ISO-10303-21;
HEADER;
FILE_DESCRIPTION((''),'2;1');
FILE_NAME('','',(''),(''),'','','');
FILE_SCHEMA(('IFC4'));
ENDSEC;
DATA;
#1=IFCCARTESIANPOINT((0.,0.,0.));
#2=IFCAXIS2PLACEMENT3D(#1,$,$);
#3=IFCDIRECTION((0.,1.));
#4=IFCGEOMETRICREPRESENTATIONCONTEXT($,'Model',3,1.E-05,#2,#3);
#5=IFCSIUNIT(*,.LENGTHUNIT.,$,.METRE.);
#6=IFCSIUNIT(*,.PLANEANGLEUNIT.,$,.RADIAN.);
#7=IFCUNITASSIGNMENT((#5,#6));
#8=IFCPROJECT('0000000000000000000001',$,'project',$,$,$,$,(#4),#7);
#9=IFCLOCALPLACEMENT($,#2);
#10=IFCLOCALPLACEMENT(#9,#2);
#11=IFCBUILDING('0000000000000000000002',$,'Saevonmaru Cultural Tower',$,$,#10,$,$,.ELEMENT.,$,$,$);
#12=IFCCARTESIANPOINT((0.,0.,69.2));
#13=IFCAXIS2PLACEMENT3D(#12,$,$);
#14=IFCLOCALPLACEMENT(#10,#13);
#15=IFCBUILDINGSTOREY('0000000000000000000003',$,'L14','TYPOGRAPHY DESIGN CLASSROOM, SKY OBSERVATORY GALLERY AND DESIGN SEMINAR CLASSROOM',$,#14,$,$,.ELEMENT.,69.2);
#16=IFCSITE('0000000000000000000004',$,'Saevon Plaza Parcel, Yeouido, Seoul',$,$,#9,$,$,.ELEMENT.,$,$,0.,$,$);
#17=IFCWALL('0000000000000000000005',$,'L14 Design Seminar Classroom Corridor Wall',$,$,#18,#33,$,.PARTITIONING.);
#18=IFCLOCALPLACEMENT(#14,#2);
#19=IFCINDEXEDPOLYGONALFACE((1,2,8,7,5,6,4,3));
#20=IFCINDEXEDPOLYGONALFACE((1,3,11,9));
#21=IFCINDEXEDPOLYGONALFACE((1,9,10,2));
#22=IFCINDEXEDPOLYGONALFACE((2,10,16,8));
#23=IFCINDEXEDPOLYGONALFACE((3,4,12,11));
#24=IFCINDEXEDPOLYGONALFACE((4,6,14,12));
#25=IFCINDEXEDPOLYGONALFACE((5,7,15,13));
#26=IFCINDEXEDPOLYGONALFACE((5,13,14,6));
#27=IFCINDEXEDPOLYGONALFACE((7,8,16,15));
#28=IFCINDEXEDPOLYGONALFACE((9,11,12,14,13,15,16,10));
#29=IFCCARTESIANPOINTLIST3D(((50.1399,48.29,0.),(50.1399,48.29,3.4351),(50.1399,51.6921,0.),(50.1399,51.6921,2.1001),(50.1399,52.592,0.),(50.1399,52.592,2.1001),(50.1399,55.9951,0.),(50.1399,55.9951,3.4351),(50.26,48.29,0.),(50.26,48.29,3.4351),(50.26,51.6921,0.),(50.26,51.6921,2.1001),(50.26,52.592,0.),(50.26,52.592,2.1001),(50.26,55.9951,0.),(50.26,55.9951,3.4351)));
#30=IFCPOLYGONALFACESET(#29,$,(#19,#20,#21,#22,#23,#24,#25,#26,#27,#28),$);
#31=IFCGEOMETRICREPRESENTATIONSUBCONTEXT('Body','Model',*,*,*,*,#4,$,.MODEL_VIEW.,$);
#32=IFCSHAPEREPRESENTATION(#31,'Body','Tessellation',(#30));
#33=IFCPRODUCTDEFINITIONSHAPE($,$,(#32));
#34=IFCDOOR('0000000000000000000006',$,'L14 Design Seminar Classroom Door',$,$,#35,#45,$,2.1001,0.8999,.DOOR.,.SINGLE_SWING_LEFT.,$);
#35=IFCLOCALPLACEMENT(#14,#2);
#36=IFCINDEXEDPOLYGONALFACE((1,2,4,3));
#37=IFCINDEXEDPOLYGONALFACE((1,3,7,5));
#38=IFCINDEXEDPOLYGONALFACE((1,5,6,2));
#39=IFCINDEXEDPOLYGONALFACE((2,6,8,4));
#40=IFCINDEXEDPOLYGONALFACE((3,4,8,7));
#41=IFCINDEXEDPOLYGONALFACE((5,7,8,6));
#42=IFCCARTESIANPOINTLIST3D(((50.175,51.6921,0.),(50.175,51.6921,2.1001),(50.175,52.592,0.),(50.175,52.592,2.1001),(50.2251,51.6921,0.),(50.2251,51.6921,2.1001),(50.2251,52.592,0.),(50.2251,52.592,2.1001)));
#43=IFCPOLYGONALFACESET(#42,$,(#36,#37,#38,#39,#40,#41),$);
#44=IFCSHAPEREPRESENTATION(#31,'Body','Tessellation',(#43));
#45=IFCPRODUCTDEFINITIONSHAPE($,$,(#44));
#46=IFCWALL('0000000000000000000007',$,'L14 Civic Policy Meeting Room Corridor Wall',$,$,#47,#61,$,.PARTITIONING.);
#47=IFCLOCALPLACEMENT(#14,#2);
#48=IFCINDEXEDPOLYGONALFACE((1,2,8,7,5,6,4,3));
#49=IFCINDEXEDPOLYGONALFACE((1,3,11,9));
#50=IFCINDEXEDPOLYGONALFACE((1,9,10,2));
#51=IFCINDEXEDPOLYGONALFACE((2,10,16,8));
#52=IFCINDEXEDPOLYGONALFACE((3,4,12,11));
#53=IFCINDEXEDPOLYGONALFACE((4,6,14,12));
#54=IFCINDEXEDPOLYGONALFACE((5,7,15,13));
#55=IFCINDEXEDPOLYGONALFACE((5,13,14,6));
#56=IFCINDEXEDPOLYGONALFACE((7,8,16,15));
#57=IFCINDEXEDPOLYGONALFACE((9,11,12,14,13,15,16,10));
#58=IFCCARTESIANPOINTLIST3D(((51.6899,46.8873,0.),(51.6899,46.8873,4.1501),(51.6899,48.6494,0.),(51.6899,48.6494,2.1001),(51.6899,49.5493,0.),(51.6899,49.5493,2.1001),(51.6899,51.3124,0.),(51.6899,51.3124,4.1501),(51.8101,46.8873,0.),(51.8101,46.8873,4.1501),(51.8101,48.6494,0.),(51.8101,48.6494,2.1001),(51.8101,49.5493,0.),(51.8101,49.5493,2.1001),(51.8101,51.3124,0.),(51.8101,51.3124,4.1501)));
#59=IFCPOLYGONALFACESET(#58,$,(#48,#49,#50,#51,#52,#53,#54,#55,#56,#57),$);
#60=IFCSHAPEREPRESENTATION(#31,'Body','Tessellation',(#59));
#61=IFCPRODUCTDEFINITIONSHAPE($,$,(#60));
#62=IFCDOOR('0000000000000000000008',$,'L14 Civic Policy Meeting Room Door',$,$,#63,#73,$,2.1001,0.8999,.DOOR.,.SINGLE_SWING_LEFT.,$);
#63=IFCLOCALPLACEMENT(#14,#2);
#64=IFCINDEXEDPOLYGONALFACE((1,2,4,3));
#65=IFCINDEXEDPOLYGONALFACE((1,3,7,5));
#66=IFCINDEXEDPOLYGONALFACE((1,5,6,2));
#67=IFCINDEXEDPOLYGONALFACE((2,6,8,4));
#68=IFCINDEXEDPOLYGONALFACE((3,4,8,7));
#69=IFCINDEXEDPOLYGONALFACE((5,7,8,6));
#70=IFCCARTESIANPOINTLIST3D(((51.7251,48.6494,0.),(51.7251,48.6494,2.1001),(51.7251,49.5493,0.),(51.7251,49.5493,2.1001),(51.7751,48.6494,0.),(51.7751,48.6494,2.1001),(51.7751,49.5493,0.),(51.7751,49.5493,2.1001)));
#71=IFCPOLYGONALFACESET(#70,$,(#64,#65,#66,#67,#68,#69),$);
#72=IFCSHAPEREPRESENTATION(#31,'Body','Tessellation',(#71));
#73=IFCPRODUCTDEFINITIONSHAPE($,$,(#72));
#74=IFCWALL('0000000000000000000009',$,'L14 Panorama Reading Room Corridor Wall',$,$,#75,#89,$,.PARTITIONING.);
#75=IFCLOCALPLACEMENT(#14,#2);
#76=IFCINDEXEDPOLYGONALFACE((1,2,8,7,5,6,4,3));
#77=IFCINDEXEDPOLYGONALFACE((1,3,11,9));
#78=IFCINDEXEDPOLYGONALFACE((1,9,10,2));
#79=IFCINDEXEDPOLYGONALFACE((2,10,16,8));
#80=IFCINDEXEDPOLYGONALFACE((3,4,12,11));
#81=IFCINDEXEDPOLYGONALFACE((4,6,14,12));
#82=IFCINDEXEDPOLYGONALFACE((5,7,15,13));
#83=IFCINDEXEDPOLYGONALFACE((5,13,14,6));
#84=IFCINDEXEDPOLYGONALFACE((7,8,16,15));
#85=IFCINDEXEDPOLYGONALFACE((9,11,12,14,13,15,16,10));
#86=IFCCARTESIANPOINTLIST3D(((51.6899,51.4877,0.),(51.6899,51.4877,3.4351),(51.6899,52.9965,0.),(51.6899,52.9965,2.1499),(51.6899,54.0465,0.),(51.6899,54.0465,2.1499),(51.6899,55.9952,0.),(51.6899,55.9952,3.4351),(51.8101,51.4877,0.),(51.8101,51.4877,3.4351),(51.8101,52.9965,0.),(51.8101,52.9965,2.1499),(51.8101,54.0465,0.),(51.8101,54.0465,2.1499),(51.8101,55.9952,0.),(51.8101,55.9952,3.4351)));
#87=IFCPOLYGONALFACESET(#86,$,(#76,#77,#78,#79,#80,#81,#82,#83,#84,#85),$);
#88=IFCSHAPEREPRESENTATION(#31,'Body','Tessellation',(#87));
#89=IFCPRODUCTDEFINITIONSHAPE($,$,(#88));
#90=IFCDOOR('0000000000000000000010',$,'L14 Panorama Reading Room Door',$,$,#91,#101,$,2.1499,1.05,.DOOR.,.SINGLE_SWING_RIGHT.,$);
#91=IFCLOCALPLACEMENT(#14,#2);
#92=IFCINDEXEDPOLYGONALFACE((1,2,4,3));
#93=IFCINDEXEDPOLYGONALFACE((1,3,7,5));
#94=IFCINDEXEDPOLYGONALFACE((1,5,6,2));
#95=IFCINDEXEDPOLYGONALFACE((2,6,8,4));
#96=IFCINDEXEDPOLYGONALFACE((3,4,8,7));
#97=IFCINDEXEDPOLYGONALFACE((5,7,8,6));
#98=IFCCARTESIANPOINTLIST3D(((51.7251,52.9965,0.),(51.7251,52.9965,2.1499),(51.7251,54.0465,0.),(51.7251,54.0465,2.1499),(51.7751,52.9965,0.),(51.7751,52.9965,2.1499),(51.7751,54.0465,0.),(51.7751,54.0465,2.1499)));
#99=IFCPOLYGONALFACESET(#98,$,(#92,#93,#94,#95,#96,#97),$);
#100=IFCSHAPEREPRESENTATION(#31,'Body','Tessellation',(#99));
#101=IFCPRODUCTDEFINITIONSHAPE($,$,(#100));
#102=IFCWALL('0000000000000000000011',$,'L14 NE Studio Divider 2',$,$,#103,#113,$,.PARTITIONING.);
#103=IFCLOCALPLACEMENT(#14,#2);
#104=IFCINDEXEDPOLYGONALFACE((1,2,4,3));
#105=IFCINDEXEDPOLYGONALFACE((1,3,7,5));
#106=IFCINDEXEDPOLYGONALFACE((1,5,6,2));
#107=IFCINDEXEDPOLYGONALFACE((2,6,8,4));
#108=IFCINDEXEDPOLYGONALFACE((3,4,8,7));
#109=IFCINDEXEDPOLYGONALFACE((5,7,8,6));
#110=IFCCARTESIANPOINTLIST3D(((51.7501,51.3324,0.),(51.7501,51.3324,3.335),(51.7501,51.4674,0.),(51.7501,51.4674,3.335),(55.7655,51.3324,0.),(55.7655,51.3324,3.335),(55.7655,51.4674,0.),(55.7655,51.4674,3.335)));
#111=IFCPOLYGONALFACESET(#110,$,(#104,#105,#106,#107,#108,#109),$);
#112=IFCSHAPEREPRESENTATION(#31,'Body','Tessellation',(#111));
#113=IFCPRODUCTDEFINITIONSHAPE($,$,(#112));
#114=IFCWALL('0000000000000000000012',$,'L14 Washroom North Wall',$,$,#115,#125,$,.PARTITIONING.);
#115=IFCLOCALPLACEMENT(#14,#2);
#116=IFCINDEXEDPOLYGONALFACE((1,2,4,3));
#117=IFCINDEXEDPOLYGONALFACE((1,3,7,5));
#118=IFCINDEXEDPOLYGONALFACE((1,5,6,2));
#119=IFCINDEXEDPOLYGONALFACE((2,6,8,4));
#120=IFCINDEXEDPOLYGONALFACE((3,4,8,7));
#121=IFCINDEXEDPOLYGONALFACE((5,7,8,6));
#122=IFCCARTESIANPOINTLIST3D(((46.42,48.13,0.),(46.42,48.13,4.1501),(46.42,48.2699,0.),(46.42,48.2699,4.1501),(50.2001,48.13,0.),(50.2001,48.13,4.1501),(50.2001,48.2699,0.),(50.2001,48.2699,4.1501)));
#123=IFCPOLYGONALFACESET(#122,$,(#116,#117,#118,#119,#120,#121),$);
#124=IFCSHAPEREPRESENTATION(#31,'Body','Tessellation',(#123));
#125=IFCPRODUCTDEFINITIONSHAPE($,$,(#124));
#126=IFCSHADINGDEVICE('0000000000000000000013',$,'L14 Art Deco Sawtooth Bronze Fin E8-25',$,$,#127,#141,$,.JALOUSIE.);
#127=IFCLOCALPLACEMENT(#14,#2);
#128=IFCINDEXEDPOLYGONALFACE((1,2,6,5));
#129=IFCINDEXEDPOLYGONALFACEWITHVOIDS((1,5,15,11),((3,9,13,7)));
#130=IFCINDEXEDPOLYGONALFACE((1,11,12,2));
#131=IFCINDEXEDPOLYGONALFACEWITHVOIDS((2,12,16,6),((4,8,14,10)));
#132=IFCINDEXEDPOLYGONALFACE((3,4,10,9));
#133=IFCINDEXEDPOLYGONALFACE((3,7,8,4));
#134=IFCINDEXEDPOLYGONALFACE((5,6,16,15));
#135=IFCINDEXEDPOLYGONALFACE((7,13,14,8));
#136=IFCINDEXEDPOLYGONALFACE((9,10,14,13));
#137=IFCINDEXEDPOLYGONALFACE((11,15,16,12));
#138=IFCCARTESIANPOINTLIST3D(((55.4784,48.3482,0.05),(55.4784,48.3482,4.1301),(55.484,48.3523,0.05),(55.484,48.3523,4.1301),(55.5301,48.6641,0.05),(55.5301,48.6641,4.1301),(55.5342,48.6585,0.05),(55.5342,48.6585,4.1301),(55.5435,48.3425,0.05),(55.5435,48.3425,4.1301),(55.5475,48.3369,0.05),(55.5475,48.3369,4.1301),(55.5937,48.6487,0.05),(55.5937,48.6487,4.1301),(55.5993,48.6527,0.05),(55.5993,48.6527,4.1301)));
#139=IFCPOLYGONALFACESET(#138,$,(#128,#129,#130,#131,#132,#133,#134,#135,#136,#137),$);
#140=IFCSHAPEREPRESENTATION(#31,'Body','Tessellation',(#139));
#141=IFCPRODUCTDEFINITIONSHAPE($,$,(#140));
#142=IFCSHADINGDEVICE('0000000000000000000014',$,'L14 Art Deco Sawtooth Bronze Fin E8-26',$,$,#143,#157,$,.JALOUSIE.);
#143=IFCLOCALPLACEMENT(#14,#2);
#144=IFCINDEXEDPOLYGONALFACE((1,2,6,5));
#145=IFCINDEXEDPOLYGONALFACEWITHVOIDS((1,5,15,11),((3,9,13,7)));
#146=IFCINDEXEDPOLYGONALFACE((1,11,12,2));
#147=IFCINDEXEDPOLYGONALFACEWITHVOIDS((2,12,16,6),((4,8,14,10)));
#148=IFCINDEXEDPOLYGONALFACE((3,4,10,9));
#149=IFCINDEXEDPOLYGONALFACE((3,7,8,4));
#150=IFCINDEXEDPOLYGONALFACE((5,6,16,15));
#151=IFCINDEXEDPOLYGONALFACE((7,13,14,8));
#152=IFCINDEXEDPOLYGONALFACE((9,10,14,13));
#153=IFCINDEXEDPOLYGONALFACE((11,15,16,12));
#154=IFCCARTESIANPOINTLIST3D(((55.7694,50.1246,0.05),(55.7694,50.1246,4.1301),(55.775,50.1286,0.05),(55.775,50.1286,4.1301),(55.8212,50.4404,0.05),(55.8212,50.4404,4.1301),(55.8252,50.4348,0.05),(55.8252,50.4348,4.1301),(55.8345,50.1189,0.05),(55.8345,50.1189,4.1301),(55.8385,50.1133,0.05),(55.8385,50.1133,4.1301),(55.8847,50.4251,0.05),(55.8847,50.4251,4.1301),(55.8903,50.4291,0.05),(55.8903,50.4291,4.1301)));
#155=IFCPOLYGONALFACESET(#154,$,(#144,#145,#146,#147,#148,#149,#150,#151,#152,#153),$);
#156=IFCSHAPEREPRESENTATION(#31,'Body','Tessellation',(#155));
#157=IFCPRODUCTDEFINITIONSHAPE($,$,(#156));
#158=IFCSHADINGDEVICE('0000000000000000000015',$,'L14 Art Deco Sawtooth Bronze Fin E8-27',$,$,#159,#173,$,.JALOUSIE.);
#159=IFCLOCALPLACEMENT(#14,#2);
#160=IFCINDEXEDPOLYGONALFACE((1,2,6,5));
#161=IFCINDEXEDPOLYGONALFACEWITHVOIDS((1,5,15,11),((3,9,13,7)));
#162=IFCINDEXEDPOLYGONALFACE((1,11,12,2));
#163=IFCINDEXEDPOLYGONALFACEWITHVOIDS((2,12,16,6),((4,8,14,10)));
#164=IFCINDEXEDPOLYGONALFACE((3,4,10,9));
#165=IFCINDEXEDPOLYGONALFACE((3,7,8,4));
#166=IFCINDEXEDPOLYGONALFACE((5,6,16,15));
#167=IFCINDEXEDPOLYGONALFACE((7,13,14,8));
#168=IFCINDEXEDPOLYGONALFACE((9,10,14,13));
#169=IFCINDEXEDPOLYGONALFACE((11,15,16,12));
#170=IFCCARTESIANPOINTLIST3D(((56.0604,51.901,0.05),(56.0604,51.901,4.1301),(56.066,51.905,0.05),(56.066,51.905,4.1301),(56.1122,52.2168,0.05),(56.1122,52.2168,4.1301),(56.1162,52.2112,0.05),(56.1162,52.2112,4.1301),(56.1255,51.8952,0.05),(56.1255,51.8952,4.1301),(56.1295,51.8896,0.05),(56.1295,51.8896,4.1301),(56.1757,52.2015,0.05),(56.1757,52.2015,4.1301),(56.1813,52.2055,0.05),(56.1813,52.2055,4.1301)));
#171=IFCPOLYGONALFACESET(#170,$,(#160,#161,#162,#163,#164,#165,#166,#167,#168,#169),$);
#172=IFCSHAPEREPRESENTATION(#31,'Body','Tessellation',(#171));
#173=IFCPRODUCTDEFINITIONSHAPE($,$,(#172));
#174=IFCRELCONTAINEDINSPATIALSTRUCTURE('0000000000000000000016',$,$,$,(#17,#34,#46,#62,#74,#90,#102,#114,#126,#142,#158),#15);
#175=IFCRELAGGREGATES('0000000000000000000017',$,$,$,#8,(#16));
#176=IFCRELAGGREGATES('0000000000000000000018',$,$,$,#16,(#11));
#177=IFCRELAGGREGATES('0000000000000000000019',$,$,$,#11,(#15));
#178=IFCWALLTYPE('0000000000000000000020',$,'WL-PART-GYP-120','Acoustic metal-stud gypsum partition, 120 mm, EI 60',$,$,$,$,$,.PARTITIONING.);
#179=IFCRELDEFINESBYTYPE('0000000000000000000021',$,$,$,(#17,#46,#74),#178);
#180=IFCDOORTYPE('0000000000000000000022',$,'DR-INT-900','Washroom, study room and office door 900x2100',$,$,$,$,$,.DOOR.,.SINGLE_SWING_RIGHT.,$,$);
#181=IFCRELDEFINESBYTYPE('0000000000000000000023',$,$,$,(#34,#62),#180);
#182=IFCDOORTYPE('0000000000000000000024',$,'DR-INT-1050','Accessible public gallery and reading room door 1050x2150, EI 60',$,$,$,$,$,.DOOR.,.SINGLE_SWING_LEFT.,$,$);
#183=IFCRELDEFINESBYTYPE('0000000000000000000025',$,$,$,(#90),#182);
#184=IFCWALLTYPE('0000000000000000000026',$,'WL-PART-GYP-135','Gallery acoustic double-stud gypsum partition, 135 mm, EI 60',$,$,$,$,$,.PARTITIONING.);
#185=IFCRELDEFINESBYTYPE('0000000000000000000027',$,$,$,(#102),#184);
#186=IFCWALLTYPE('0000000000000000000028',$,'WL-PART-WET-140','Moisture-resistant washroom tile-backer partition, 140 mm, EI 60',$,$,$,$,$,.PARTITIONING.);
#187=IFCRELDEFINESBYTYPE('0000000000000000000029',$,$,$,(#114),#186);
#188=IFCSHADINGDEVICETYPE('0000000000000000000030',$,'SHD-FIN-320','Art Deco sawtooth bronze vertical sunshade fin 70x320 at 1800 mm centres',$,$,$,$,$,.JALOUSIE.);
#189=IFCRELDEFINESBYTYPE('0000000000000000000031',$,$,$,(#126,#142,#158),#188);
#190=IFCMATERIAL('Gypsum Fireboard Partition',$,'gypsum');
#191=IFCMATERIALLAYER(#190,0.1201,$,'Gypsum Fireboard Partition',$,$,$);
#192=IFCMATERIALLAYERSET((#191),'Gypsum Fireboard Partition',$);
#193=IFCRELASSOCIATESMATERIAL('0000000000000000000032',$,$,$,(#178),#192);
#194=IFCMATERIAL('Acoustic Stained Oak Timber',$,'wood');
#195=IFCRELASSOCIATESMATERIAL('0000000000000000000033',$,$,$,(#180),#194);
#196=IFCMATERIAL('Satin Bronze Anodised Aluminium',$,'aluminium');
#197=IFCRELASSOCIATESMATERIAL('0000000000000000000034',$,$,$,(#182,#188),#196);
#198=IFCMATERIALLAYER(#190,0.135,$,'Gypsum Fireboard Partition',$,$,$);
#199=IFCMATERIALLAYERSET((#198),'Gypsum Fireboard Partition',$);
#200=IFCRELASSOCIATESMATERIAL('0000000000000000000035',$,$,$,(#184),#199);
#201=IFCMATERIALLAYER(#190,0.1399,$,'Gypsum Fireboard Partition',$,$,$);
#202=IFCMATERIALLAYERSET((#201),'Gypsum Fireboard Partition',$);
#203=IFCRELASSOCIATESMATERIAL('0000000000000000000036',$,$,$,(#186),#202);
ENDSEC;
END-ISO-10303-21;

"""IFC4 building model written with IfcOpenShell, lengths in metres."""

from ifc_helpers import new_model, si_unit, direction, frame, frame_2d, origin, origin_2d, place, context, subcontext, project, spatial, rectangle, hollow_rectangle, extrude, material, layer, layer_set, material_profile, profile_set, type_object, element, fill, save


model = new_model("IFC4")

# Units and contexts
model_context = context("Model", 3, precision=1e-05, world=origin(), true_north=direction((0.0, 1.0)))
body_context = subcontext(model_context, "Body", "Model", "MODEL_VIEW")
ifc_project = project(units=[si_unit("LENGTHUNIT", "METRE"), si_unit("PLANEANGLEUNIT", "RADIAN")], contexts=[model_context])

# Site, building, storey
site_placement = place(None, origin())
site = spatial("IfcSite", under=ifc_project, at=site_placement, Name="Saevon Plaza Parcel, Yeouido, Seoul", CompositionType="ELEMENT", RefElevation=0.0)
building_placement = place(site_placement, origin())
building = spatial("IfcBuilding", under=site, at=building_placement, Name="Saevonmaru Cultural Tower", CompositionType="ELEMENT")
storey_placement = place(building_placement, frame((0.0, 0.0, 69.2)))
storey = spatial("IfcBuildingStorey", under=building, at=storey_placement, Name="L14", Description="TYPOGRAPHY DESIGN CLASSROOM, SKY OBSERVATORY GALLERY AND DESIGN SEMINAR CLASSROOM", CompositionType="ELEMENT", Elevation=69.2)

# Shared definitions
ifc_material_1 = material(Name="Satin Bronze Anodised Aluminium", Category="aluminium")

# Walls, openings, doors
ifc_material_2 = material(Name="Gypsum Fireboard Partition", Category="gypsum")
ifc_layer_1 = layer(ifc_material_2, 0.1201, Name="Gypsum Fireboard Partition")
ifc_layer_set_1 = layer_set([ifc_layer_1], Name="Gypsum Fireboard Partition")
wall_type_1 = type_object("IfcWallType", Name="WL-PART-GYP-120", Description="Acoustic metal-stud gypsum partition, 120 mm, EI 60", PredefinedType="PARTITIONING", material=ifc_layer_set_1)
wall_1_placement = place(storey_placement, frame((50.2, 48.29, 0.0), z_axis=(0.0, 0.0, 1.0), x_axis=(0.0, 1.0, 0.0)))
wall_1 = element("IfcWall", 1, at=wall_1_placement, inside=storey, type_object=wall_type_1, Name="L14 Design Seminar Classroom Corridor Wall", PredefinedType="PARTITIONING", context=body_context, shape_type="SweptSolid", body=[
    extrude(rectangle(XDim=7.7051, YDim=0.1201, at=frame_2d((3.8525, 0.0))), origin(), (0.0, 0.0, 1.0), 3.4351),
])
opening_1_placement = place(wall_1_placement, frame((3.4021, 0.0, 0.0)))
opening_1 = element("IfcOpeningElement", 2, at=opening_1_placement, cuts=wall_1, PredefinedType="OPENING", context=body_context, shape_type="SweptSolid", body=[
    extrude(rectangle(XDim=0.8999, YDim=2.1001, at=frame_2d((0.45, 1.05))), frame((0.0, 0.0701, 0.0), z_axis=(0.0, -1.0, 0.0), x_axis=(1.0, 0.0, 0.0)), (0.0, 0.0, 1.0), 0.1401),
])
ifc_material_3 = material(Name="Acoustic Stained Oak Timber", Category="wood")
door_type_1 = type_object("IfcDoorType", Name="DR-INT-900", Description="Washroom, study room and office door 900x2100", OperationType="SINGLE_SWING_RIGHT", PredefinedType="DOOR", material=ifc_material_3)
door_1_placement = place(opening_1_placement, origin())
door_1 = element("IfcDoor", 3, at=door_1_placement, inside=storey, type_object=door_type_1, Name="L14 Design Seminar Classroom Door", OperationType="SINGLE_SWING_LEFT", OverallHeight=2.1001, OverallWidth=0.8999, PredefinedType="DOOR", context=body_context, shape_type="SweptSolid", body=[
    extrude(rectangle(XDim=0.8999, YDim=2.1001, at=frame_2d((0.45, 1.05))), frame((0.0, 0.0249, 0.0), z_axis=(0.0, -1.0, 0.0), x_axis=(1.0, 0.0, 0.0)), (0.0, 0.0, 1.0), 0.05),
])
fill(opening_1, door_1)
wall_2_placement = place(storey_placement, frame((51.75, 46.8875, 0.0), z_axis=(0.0, 0.0, 1.0), x_axis=(0.0, 1.0, 0.0)))
wall_2 = element("IfcWall", 4, at=wall_2_placement, inside=storey, type_object=wall_type_1, Name="L14 Civic Policy Meeting Room Corridor Wall", PredefinedType="PARTITIONING", context=body_context, shape_type="SweptSolid", body=[
    extrude(rectangle(XDim=4.425, YDim=0.1201, at=frame_2d((2.2124, 0.0))), origin(), (0.0, 0.0, 1.0), 4.1501),
])
opening_2_placement = place(wall_2_placement, frame((1.762, 0.0, 0.0)))
opening_2 = element("IfcOpeningElement", 5, at=opening_2_placement, cuts=wall_2, PredefinedType="OPENING", context=body_context, shape_type="SweptSolid", body=[
    extrude(rectangle(XDim=0.8999, YDim=2.1001, at=frame_2d((0.45, 1.05))), frame((0.0, 0.0701, 0.0), z_axis=(0.0, -1.0, 0.0), x_axis=(1.0, 0.0, 0.0)), (0.0, 0.0, 1.0), 0.1401),
])
door_2_placement = place(opening_2_placement, origin())
door_2 = element("IfcDoor", 6, at=door_2_placement, inside=storey, type_object=door_type_1, Name="L14 Civic Policy Meeting Room Door", OperationType="SINGLE_SWING_LEFT", OverallHeight=2.1001, OverallWidth=0.8999, PredefinedType="DOOR", context=body_context, shape_type="SweptSolid", body=[
    extrude(rectangle(XDim=0.8999, YDim=2.1001, at=frame_2d((0.45, 1.05))), frame((0.0, 0.0249, 0.0), z_axis=(0.0, -1.0, 0.0), x_axis=(1.0, 0.0, 0.0)), (0.0, 0.0, 1.0), 0.05),
])
fill(opening_2, door_2)
wall_3_placement = place(storey_placement, frame((51.75, 51.4875, 0.0), z_axis=(0.0, 0.0, 1.0), x_axis=(0.0, 1.0, 0.0)))
wall_3 = element("IfcWall", 7, at=wall_3_placement, inside=storey, type_object=wall_type_1, Name="L14 Panorama Reading Room Corridor Wall", PredefinedType="PARTITIONING", context=body_context, shape_type="SweptSolid", body=[
    extrude(rectangle(XDim=4.5076, YDim=0.1201, at=frame_2d((2.2539, 0.0))), origin(), (0.0, 0.0, 1.0), 3.4351),
])
opening_3_placement = place(wall_3_placement, frame((1.509, 0.0, 0.0)))
opening_3 = element("IfcOpeningElement", 8, at=opening_3_placement, cuts=wall_3, PredefinedType="OPENING", context=body_context, shape_type="SweptSolid", body=[
    extrude(rectangle(XDim=1.05, YDim=2.1499, at=frame_2d((0.5249, 1.075))), frame((0.0, 0.0701, 0.0), z_axis=(0.0, -1.0, 0.0), x_axis=(1.0, 0.0, 0.0)), (0.0, 0.0, 1.0), 0.1401),
])
door_type_2 = type_object("IfcDoorType", Name="DR-INT-1050", Description="Accessible public gallery and reading room door 1050x2150, EI 60", OperationType="SINGLE_SWING_LEFT", PredefinedType="DOOR", material=ifc_material_1)
door_3_placement = place(opening_3_placement, origin())
door_3 = element("IfcDoor", 9, at=door_3_placement, inside=storey, type_object=door_type_2, Name="L14 Panorama Reading Room Door", OperationType="SINGLE_SWING_RIGHT", OverallHeight=2.1499, OverallWidth=1.05, PredefinedType="DOOR", context=body_context, shape_type="SweptSolid", body=[
    extrude(rectangle(XDim=1.05, YDim=2.1499, at=frame_2d((0.5249, 1.075))), frame((0.0, 0.0249, 0.0), z_axis=(0.0, -1.0, 0.0), x_axis=(1.0, 0.0, 0.0)), (0.0, 0.0, 1.0), 0.05),
])
fill(opening_3, door_3)

# Walls
ifc_layer_2 = layer(ifc_material_2, 0.135, Name="Gypsum Fireboard Partition")
ifc_layer_set_2 = layer_set([ifc_layer_2], Name="Gypsum Fireboard Partition")
wall_type_2 = type_object("IfcWallType", Name="WL-PART-GYP-135", Description="Gallery acoustic double-stud gypsum partition, 135 mm, EI 60", PredefinedType="PARTITIONING", material=ifc_layer_set_2)
wall_4_placement = place(storey_placement, frame((51.75, 51.3999, 0.0), z_axis=(0.0, 0.0, 1.0), x_axis=(1.0, 0.0, 0.0)))
element("IfcWall", 10, at=wall_4_placement, inside=storey, type_object=wall_type_2, Name="L14 NE Studio Divider 2", PredefinedType="PARTITIONING", context=body_context, shape_type="SweptSolid", body=[
    extrude(rectangle(XDim=4.0154, YDim=0.135, at=frame_2d((2.0078, 0.0))), origin(), (0.0, 0.0, 1.0), 3.335),
])
ifc_layer_3 = layer(ifc_material_2, 0.1399, Name="Gypsum Fireboard Partition")
ifc_layer_set_3 = layer_set([ifc_layer_3], Name="Gypsum Fireboard Partition")
wall_type_3 = type_object("IfcWallType", Name="WL-PART-WET-140", Description="Moisture-resistant washroom tile-backer partition, 140 mm, EI 60", PredefinedType="PARTITIONING", material=ifc_layer_set_3)
wall_5_placement = place(storey_placement, frame((46.4199, 48.2, 0.0), z_axis=(0.0, 0.0, 1.0), x_axis=(1.0, 0.0, 0.0)))
element("IfcWall", 11, at=wall_5_placement, inside=storey, type_object=wall_type_3, Name="L14 Washroom North Wall", PredefinedType="PARTITIONING", context=body_context, shape_type="SweptSolid", body=[
    extrude(rectangle(XDim=3.78, YDim=0.1399, at=frame_2d((1.8901, 0.0))), origin(), (0.0, 0.0, 1.0), 4.1501),
])

# Shading devices
ifc_material_profile_1 = material_profile(ifc_material_1, hollow_rectangle(XDim=0.0701, YDim=0.3201, WallThickness=0.0049, at=origin_2d()), Name="FIN-320x70")
ifc_profile_set_1 = profile_set([ifc_material_profile_1], Name="Satin Bronze Anodised Aluminium")
shading_device_type = type_object("IfcShadingDeviceType", Name="SHD-FIN-320", Description="Art Deco sawtooth bronze vertical sunshade fin 70x320 at 1800 mm centres", PredefinedType="JALOUSIE", material=ifc_profile_set_1)
for number, where, z_axis, x_axis, name in (
    (12, (55.5388, 48.5005, 0.05), (0.0, 0.0, 1.0), (0.986827, -0.161776, 0.0), "L14 Art Deco Sawtooth Bronze Fin E8-25"),
    (13, (55.8298, 50.2769, 0.05), (0.0, 0.0, 1.0), (0.986827, -0.161776, 0.0), "L14 Art Deco Sawtooth Bronze Fin E8-26"),
    (14, (56.1208, 52.0532, 0.05), (0.0, 0.0, 1.0), (0.986827, -0.161776, 0.0), "L14 Art Deco Sawtooth Bronze Fin E8-27"),
):
    element("IfcShadingDevice", number, at=place(storey_placement, frame(where, z_axis=z_axis, x_axis=x_axis)), inside=storey, type_object=shading_device_type, Name=name, PredefinedType="JALOUSIE", context=body_context, shape_type="SweptSolid", body=[
        extrude(hollow_rectangle(XDim=0.0701, YDim=0.3201, WallThickness=0.0049, at=origin_2d()), origin(), (0.0, 0.0, 1.0), 4.0801),
    ])

save(model, "model.ifc")
